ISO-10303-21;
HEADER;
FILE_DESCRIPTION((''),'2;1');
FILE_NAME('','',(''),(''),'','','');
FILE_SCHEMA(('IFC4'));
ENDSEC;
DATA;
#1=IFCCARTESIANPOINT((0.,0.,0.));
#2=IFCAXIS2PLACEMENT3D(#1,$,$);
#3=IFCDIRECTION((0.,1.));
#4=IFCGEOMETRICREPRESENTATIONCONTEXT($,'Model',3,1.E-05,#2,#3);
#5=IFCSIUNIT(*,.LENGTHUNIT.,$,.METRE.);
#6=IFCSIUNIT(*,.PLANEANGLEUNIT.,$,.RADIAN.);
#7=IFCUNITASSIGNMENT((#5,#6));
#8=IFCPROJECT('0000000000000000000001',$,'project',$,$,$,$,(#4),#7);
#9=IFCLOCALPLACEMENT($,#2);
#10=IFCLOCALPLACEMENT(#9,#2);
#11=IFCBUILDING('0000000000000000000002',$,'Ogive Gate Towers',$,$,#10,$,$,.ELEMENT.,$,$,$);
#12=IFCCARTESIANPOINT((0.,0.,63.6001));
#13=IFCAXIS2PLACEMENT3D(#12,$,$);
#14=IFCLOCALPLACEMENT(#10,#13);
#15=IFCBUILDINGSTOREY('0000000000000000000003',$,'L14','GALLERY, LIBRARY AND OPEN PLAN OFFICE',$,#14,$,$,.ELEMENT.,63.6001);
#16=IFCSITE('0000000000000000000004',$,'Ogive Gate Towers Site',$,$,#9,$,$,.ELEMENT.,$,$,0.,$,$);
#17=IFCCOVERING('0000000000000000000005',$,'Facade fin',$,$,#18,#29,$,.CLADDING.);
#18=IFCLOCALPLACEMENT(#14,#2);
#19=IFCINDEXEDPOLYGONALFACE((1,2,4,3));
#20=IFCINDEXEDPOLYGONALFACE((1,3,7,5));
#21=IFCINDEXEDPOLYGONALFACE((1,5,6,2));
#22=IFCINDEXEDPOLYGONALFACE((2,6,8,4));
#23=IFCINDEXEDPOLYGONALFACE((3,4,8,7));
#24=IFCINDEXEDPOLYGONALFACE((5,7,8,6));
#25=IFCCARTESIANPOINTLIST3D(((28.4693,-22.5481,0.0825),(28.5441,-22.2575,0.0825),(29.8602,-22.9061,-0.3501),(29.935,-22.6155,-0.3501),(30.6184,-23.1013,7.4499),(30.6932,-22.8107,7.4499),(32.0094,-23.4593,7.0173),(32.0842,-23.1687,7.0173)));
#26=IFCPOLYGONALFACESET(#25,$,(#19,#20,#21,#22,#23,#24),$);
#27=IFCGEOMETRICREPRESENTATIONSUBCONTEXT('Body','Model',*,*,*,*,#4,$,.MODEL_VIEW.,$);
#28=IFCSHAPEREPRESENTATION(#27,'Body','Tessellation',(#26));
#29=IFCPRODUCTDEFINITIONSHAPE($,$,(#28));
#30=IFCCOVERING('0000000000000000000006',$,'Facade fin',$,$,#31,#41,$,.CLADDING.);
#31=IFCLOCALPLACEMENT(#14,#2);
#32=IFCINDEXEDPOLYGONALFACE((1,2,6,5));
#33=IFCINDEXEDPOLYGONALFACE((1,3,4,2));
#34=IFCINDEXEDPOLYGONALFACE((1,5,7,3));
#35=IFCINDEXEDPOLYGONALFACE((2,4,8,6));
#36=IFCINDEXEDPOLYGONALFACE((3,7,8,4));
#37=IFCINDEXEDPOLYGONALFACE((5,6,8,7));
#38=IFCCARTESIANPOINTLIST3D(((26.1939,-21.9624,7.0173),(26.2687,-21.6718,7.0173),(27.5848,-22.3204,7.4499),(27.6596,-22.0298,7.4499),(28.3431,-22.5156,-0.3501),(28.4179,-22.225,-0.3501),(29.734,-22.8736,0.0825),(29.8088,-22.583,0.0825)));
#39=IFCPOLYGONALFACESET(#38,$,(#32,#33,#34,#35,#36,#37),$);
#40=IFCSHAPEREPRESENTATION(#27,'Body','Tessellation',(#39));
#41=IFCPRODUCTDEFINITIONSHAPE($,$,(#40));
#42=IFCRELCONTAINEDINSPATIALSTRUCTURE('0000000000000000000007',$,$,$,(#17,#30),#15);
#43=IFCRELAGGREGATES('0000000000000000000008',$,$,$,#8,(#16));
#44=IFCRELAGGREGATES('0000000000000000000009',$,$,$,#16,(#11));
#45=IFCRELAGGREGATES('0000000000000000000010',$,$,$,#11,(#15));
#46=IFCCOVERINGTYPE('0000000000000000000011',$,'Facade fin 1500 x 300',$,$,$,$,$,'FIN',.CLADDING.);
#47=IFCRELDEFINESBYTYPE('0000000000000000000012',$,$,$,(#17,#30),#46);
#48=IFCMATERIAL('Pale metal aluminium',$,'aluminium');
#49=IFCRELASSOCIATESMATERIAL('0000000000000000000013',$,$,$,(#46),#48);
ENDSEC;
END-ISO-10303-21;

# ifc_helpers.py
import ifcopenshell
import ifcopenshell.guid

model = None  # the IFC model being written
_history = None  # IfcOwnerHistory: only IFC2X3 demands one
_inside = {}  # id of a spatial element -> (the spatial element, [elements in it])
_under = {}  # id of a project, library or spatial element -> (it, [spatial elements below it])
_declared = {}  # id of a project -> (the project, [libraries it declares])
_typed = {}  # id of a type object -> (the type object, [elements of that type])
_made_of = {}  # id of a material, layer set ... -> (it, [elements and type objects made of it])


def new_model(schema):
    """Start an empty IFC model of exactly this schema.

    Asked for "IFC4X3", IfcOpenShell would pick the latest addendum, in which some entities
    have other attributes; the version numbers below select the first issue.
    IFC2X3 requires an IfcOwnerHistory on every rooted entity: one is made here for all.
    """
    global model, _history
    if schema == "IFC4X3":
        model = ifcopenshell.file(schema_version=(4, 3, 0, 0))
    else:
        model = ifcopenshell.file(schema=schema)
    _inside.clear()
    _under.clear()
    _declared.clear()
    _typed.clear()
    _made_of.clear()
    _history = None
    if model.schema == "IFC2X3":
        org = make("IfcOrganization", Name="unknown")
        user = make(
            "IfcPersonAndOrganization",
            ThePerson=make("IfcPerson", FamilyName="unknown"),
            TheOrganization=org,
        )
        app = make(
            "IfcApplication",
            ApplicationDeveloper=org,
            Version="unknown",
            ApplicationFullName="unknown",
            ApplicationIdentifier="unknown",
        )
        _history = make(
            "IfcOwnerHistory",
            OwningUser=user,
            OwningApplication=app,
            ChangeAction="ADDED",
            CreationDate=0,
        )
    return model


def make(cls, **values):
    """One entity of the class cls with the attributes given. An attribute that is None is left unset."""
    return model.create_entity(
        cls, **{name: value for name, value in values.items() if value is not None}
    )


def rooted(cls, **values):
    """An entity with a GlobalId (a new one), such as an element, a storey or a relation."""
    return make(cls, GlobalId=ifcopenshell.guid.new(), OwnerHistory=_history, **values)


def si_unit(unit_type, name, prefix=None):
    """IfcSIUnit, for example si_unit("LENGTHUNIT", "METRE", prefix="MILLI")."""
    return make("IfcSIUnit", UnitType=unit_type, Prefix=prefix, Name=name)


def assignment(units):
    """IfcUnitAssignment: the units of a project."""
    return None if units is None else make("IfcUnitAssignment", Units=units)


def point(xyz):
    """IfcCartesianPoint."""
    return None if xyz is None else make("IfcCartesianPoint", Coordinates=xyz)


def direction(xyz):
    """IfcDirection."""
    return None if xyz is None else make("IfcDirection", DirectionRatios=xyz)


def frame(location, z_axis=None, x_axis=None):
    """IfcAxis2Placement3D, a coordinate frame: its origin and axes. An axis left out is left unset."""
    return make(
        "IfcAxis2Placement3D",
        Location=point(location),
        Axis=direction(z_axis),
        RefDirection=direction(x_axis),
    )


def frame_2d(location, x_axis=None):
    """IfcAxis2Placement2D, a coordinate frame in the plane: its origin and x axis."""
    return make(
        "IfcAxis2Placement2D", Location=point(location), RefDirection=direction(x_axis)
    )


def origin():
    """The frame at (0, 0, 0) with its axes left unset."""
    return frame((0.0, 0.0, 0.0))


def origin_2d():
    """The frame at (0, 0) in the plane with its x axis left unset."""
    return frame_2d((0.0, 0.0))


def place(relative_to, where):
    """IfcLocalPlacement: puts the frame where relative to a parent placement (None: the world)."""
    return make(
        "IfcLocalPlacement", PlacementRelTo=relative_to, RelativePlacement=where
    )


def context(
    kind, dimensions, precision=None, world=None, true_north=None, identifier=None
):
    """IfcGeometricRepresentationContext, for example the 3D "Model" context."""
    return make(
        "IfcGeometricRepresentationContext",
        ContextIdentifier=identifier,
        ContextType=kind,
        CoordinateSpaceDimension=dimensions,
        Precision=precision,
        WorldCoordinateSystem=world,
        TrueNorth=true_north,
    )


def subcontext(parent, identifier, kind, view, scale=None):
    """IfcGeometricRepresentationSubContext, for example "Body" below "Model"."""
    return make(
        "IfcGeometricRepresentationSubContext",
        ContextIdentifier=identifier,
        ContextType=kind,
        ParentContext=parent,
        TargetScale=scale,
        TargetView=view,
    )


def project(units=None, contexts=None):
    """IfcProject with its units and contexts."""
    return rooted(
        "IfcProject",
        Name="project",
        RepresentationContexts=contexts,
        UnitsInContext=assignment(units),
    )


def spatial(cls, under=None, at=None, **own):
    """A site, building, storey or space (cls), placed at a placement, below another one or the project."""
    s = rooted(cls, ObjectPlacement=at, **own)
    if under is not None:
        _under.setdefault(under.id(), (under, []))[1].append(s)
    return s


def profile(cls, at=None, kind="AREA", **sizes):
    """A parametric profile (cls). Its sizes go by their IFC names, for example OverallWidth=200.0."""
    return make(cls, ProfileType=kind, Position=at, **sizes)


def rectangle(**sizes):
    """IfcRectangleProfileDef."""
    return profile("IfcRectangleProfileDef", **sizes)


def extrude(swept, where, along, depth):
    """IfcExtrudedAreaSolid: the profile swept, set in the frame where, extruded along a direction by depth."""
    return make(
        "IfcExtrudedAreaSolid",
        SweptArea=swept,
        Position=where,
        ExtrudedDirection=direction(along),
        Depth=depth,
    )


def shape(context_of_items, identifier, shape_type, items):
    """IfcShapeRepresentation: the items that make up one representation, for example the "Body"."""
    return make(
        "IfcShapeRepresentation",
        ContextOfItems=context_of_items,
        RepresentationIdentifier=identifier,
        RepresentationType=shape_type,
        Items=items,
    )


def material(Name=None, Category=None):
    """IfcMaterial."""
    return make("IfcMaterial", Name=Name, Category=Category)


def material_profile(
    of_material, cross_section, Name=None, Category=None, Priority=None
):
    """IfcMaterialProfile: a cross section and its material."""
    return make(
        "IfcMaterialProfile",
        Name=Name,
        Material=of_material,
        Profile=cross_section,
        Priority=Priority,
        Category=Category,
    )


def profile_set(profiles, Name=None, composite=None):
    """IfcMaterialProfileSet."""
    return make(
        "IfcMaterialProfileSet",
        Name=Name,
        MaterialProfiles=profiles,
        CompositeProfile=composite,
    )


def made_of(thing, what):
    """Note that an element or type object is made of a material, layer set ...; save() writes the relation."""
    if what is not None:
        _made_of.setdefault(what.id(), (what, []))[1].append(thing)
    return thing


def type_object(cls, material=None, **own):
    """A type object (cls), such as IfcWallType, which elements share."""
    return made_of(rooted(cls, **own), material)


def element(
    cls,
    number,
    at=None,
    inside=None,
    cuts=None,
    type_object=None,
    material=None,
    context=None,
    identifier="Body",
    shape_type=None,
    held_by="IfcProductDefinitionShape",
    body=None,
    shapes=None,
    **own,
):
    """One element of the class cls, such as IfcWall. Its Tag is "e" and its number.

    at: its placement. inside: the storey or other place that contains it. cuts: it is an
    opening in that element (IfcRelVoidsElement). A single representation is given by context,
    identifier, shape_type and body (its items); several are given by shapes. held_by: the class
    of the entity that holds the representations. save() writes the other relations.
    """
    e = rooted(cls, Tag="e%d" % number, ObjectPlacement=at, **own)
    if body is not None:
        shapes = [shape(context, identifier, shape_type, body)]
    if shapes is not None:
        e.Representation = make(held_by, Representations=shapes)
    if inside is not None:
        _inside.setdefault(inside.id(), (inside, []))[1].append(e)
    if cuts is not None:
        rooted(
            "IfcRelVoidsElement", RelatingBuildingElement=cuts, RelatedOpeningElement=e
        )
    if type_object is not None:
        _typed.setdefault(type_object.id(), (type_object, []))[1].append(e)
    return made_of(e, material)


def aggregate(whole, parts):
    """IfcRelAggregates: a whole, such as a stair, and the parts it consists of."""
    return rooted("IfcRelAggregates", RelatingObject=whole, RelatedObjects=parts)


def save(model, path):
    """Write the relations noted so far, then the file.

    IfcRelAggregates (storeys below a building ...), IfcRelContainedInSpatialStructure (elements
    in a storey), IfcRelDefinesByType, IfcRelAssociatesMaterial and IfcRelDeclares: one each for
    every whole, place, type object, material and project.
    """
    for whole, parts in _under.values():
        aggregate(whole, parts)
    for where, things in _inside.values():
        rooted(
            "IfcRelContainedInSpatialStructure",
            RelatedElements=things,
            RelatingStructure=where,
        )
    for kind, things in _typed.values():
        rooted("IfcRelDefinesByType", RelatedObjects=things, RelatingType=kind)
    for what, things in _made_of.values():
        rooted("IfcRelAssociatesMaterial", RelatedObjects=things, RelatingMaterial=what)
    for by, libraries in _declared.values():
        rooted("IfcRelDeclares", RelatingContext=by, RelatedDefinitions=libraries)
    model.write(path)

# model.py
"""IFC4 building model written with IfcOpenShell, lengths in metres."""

from ifc_helpers import new_model, si_unit, direction, frame, origin, origin_2d, place, context, subcontext, project, spatial, rectangle, extrude, material, material_profile, profile_set, type_object, element, save


model = new_model("IFC4")

# Units and contexts
model_context = context("Model", 3, precision=1e-05, world=origin(), true_north=direction((0.0, 1.0)))
body_context = subcontext(model_context, "Body", "Model", "MODEL_VIEW")
ifc_project = project(units=[si_unit("LENGTHUNIT", "METRE"), si_unit("PLANEANGLEUNIT", "RADIAN")], contexts=[model_context])

# Site, building, storey
site_placement = place(None, origin())
site = spatial("IfcSite", under=ifc_project, at=site_placement, Name="Ogive Gate Towers Site", CompositionType="ELEMENT", RefElevation=0.0)
building_placement = place(site_placement, origin())
building = spatial("IfcBuilding", under=site, at=building_placement, Name="Ogive Gate Towers", CompositionType="ELEMENT")
storey_placement = place(building_placement, frame((0.0, 0.0, 63.6001)))
storey = spatial("IfcBuildingStorey", under=building, at=storey_placement, Name="L14", Description="GALLERY, LIBRARY AND OPEN PLAN OFFICE", CompositionType="ELEMENT", Elevation=63.6001)

# Shared definitions
ifc_material_1 = material(Name="Pale metal aluminium", Category="aluminium")

# Coverings
ifc_material_profile_1 = material_profile(ifc_material_1, rectangle(XDim=0.3, YDim=1.5, at=origin_2d()), Name="1500 x 300 pale metal aluminium")
ifc_profile_set_1 = profile_set([ifc_material_profile_1], Name="Pale metal aluminium")
covering_type = type_object("IfcCoveringType", Name="Facade fin 1500 x 300", ElementType="FIN", PredefinedType="CLADDING", material=ifc_profile_set_1)
for number, where, z_axis, x_axis, name in (
    (1, (29.2021, -22.5818, -0.1338), (0.279316, -0.071899, 0.957504), (0.249286, 0.96843, 0.0), "Facade fin"),
    (2, (29.0759, -22.5493, -0.1338), (-0.279316, 0.071899, 0.957504), (-0.249286, -0.96843, 0.0), "Facade fin"),
):
    element("IfcCovering", number, at=place(storey_placement, frame(where, z_axis=z_axis, x_axis=x_axis)), inside=storey, type_object=covering_type, Name=name, PredefinedType="CLADDING", context=body_context, shape_type="SweptSolid", body=[
        extrude(rectangle(XDim=0.3, YDim=1.5, at=origin_2d()), origin(), (0.0, 0.0, 1.0), 7.6943),
    ])

save(model, "model.ifc")
